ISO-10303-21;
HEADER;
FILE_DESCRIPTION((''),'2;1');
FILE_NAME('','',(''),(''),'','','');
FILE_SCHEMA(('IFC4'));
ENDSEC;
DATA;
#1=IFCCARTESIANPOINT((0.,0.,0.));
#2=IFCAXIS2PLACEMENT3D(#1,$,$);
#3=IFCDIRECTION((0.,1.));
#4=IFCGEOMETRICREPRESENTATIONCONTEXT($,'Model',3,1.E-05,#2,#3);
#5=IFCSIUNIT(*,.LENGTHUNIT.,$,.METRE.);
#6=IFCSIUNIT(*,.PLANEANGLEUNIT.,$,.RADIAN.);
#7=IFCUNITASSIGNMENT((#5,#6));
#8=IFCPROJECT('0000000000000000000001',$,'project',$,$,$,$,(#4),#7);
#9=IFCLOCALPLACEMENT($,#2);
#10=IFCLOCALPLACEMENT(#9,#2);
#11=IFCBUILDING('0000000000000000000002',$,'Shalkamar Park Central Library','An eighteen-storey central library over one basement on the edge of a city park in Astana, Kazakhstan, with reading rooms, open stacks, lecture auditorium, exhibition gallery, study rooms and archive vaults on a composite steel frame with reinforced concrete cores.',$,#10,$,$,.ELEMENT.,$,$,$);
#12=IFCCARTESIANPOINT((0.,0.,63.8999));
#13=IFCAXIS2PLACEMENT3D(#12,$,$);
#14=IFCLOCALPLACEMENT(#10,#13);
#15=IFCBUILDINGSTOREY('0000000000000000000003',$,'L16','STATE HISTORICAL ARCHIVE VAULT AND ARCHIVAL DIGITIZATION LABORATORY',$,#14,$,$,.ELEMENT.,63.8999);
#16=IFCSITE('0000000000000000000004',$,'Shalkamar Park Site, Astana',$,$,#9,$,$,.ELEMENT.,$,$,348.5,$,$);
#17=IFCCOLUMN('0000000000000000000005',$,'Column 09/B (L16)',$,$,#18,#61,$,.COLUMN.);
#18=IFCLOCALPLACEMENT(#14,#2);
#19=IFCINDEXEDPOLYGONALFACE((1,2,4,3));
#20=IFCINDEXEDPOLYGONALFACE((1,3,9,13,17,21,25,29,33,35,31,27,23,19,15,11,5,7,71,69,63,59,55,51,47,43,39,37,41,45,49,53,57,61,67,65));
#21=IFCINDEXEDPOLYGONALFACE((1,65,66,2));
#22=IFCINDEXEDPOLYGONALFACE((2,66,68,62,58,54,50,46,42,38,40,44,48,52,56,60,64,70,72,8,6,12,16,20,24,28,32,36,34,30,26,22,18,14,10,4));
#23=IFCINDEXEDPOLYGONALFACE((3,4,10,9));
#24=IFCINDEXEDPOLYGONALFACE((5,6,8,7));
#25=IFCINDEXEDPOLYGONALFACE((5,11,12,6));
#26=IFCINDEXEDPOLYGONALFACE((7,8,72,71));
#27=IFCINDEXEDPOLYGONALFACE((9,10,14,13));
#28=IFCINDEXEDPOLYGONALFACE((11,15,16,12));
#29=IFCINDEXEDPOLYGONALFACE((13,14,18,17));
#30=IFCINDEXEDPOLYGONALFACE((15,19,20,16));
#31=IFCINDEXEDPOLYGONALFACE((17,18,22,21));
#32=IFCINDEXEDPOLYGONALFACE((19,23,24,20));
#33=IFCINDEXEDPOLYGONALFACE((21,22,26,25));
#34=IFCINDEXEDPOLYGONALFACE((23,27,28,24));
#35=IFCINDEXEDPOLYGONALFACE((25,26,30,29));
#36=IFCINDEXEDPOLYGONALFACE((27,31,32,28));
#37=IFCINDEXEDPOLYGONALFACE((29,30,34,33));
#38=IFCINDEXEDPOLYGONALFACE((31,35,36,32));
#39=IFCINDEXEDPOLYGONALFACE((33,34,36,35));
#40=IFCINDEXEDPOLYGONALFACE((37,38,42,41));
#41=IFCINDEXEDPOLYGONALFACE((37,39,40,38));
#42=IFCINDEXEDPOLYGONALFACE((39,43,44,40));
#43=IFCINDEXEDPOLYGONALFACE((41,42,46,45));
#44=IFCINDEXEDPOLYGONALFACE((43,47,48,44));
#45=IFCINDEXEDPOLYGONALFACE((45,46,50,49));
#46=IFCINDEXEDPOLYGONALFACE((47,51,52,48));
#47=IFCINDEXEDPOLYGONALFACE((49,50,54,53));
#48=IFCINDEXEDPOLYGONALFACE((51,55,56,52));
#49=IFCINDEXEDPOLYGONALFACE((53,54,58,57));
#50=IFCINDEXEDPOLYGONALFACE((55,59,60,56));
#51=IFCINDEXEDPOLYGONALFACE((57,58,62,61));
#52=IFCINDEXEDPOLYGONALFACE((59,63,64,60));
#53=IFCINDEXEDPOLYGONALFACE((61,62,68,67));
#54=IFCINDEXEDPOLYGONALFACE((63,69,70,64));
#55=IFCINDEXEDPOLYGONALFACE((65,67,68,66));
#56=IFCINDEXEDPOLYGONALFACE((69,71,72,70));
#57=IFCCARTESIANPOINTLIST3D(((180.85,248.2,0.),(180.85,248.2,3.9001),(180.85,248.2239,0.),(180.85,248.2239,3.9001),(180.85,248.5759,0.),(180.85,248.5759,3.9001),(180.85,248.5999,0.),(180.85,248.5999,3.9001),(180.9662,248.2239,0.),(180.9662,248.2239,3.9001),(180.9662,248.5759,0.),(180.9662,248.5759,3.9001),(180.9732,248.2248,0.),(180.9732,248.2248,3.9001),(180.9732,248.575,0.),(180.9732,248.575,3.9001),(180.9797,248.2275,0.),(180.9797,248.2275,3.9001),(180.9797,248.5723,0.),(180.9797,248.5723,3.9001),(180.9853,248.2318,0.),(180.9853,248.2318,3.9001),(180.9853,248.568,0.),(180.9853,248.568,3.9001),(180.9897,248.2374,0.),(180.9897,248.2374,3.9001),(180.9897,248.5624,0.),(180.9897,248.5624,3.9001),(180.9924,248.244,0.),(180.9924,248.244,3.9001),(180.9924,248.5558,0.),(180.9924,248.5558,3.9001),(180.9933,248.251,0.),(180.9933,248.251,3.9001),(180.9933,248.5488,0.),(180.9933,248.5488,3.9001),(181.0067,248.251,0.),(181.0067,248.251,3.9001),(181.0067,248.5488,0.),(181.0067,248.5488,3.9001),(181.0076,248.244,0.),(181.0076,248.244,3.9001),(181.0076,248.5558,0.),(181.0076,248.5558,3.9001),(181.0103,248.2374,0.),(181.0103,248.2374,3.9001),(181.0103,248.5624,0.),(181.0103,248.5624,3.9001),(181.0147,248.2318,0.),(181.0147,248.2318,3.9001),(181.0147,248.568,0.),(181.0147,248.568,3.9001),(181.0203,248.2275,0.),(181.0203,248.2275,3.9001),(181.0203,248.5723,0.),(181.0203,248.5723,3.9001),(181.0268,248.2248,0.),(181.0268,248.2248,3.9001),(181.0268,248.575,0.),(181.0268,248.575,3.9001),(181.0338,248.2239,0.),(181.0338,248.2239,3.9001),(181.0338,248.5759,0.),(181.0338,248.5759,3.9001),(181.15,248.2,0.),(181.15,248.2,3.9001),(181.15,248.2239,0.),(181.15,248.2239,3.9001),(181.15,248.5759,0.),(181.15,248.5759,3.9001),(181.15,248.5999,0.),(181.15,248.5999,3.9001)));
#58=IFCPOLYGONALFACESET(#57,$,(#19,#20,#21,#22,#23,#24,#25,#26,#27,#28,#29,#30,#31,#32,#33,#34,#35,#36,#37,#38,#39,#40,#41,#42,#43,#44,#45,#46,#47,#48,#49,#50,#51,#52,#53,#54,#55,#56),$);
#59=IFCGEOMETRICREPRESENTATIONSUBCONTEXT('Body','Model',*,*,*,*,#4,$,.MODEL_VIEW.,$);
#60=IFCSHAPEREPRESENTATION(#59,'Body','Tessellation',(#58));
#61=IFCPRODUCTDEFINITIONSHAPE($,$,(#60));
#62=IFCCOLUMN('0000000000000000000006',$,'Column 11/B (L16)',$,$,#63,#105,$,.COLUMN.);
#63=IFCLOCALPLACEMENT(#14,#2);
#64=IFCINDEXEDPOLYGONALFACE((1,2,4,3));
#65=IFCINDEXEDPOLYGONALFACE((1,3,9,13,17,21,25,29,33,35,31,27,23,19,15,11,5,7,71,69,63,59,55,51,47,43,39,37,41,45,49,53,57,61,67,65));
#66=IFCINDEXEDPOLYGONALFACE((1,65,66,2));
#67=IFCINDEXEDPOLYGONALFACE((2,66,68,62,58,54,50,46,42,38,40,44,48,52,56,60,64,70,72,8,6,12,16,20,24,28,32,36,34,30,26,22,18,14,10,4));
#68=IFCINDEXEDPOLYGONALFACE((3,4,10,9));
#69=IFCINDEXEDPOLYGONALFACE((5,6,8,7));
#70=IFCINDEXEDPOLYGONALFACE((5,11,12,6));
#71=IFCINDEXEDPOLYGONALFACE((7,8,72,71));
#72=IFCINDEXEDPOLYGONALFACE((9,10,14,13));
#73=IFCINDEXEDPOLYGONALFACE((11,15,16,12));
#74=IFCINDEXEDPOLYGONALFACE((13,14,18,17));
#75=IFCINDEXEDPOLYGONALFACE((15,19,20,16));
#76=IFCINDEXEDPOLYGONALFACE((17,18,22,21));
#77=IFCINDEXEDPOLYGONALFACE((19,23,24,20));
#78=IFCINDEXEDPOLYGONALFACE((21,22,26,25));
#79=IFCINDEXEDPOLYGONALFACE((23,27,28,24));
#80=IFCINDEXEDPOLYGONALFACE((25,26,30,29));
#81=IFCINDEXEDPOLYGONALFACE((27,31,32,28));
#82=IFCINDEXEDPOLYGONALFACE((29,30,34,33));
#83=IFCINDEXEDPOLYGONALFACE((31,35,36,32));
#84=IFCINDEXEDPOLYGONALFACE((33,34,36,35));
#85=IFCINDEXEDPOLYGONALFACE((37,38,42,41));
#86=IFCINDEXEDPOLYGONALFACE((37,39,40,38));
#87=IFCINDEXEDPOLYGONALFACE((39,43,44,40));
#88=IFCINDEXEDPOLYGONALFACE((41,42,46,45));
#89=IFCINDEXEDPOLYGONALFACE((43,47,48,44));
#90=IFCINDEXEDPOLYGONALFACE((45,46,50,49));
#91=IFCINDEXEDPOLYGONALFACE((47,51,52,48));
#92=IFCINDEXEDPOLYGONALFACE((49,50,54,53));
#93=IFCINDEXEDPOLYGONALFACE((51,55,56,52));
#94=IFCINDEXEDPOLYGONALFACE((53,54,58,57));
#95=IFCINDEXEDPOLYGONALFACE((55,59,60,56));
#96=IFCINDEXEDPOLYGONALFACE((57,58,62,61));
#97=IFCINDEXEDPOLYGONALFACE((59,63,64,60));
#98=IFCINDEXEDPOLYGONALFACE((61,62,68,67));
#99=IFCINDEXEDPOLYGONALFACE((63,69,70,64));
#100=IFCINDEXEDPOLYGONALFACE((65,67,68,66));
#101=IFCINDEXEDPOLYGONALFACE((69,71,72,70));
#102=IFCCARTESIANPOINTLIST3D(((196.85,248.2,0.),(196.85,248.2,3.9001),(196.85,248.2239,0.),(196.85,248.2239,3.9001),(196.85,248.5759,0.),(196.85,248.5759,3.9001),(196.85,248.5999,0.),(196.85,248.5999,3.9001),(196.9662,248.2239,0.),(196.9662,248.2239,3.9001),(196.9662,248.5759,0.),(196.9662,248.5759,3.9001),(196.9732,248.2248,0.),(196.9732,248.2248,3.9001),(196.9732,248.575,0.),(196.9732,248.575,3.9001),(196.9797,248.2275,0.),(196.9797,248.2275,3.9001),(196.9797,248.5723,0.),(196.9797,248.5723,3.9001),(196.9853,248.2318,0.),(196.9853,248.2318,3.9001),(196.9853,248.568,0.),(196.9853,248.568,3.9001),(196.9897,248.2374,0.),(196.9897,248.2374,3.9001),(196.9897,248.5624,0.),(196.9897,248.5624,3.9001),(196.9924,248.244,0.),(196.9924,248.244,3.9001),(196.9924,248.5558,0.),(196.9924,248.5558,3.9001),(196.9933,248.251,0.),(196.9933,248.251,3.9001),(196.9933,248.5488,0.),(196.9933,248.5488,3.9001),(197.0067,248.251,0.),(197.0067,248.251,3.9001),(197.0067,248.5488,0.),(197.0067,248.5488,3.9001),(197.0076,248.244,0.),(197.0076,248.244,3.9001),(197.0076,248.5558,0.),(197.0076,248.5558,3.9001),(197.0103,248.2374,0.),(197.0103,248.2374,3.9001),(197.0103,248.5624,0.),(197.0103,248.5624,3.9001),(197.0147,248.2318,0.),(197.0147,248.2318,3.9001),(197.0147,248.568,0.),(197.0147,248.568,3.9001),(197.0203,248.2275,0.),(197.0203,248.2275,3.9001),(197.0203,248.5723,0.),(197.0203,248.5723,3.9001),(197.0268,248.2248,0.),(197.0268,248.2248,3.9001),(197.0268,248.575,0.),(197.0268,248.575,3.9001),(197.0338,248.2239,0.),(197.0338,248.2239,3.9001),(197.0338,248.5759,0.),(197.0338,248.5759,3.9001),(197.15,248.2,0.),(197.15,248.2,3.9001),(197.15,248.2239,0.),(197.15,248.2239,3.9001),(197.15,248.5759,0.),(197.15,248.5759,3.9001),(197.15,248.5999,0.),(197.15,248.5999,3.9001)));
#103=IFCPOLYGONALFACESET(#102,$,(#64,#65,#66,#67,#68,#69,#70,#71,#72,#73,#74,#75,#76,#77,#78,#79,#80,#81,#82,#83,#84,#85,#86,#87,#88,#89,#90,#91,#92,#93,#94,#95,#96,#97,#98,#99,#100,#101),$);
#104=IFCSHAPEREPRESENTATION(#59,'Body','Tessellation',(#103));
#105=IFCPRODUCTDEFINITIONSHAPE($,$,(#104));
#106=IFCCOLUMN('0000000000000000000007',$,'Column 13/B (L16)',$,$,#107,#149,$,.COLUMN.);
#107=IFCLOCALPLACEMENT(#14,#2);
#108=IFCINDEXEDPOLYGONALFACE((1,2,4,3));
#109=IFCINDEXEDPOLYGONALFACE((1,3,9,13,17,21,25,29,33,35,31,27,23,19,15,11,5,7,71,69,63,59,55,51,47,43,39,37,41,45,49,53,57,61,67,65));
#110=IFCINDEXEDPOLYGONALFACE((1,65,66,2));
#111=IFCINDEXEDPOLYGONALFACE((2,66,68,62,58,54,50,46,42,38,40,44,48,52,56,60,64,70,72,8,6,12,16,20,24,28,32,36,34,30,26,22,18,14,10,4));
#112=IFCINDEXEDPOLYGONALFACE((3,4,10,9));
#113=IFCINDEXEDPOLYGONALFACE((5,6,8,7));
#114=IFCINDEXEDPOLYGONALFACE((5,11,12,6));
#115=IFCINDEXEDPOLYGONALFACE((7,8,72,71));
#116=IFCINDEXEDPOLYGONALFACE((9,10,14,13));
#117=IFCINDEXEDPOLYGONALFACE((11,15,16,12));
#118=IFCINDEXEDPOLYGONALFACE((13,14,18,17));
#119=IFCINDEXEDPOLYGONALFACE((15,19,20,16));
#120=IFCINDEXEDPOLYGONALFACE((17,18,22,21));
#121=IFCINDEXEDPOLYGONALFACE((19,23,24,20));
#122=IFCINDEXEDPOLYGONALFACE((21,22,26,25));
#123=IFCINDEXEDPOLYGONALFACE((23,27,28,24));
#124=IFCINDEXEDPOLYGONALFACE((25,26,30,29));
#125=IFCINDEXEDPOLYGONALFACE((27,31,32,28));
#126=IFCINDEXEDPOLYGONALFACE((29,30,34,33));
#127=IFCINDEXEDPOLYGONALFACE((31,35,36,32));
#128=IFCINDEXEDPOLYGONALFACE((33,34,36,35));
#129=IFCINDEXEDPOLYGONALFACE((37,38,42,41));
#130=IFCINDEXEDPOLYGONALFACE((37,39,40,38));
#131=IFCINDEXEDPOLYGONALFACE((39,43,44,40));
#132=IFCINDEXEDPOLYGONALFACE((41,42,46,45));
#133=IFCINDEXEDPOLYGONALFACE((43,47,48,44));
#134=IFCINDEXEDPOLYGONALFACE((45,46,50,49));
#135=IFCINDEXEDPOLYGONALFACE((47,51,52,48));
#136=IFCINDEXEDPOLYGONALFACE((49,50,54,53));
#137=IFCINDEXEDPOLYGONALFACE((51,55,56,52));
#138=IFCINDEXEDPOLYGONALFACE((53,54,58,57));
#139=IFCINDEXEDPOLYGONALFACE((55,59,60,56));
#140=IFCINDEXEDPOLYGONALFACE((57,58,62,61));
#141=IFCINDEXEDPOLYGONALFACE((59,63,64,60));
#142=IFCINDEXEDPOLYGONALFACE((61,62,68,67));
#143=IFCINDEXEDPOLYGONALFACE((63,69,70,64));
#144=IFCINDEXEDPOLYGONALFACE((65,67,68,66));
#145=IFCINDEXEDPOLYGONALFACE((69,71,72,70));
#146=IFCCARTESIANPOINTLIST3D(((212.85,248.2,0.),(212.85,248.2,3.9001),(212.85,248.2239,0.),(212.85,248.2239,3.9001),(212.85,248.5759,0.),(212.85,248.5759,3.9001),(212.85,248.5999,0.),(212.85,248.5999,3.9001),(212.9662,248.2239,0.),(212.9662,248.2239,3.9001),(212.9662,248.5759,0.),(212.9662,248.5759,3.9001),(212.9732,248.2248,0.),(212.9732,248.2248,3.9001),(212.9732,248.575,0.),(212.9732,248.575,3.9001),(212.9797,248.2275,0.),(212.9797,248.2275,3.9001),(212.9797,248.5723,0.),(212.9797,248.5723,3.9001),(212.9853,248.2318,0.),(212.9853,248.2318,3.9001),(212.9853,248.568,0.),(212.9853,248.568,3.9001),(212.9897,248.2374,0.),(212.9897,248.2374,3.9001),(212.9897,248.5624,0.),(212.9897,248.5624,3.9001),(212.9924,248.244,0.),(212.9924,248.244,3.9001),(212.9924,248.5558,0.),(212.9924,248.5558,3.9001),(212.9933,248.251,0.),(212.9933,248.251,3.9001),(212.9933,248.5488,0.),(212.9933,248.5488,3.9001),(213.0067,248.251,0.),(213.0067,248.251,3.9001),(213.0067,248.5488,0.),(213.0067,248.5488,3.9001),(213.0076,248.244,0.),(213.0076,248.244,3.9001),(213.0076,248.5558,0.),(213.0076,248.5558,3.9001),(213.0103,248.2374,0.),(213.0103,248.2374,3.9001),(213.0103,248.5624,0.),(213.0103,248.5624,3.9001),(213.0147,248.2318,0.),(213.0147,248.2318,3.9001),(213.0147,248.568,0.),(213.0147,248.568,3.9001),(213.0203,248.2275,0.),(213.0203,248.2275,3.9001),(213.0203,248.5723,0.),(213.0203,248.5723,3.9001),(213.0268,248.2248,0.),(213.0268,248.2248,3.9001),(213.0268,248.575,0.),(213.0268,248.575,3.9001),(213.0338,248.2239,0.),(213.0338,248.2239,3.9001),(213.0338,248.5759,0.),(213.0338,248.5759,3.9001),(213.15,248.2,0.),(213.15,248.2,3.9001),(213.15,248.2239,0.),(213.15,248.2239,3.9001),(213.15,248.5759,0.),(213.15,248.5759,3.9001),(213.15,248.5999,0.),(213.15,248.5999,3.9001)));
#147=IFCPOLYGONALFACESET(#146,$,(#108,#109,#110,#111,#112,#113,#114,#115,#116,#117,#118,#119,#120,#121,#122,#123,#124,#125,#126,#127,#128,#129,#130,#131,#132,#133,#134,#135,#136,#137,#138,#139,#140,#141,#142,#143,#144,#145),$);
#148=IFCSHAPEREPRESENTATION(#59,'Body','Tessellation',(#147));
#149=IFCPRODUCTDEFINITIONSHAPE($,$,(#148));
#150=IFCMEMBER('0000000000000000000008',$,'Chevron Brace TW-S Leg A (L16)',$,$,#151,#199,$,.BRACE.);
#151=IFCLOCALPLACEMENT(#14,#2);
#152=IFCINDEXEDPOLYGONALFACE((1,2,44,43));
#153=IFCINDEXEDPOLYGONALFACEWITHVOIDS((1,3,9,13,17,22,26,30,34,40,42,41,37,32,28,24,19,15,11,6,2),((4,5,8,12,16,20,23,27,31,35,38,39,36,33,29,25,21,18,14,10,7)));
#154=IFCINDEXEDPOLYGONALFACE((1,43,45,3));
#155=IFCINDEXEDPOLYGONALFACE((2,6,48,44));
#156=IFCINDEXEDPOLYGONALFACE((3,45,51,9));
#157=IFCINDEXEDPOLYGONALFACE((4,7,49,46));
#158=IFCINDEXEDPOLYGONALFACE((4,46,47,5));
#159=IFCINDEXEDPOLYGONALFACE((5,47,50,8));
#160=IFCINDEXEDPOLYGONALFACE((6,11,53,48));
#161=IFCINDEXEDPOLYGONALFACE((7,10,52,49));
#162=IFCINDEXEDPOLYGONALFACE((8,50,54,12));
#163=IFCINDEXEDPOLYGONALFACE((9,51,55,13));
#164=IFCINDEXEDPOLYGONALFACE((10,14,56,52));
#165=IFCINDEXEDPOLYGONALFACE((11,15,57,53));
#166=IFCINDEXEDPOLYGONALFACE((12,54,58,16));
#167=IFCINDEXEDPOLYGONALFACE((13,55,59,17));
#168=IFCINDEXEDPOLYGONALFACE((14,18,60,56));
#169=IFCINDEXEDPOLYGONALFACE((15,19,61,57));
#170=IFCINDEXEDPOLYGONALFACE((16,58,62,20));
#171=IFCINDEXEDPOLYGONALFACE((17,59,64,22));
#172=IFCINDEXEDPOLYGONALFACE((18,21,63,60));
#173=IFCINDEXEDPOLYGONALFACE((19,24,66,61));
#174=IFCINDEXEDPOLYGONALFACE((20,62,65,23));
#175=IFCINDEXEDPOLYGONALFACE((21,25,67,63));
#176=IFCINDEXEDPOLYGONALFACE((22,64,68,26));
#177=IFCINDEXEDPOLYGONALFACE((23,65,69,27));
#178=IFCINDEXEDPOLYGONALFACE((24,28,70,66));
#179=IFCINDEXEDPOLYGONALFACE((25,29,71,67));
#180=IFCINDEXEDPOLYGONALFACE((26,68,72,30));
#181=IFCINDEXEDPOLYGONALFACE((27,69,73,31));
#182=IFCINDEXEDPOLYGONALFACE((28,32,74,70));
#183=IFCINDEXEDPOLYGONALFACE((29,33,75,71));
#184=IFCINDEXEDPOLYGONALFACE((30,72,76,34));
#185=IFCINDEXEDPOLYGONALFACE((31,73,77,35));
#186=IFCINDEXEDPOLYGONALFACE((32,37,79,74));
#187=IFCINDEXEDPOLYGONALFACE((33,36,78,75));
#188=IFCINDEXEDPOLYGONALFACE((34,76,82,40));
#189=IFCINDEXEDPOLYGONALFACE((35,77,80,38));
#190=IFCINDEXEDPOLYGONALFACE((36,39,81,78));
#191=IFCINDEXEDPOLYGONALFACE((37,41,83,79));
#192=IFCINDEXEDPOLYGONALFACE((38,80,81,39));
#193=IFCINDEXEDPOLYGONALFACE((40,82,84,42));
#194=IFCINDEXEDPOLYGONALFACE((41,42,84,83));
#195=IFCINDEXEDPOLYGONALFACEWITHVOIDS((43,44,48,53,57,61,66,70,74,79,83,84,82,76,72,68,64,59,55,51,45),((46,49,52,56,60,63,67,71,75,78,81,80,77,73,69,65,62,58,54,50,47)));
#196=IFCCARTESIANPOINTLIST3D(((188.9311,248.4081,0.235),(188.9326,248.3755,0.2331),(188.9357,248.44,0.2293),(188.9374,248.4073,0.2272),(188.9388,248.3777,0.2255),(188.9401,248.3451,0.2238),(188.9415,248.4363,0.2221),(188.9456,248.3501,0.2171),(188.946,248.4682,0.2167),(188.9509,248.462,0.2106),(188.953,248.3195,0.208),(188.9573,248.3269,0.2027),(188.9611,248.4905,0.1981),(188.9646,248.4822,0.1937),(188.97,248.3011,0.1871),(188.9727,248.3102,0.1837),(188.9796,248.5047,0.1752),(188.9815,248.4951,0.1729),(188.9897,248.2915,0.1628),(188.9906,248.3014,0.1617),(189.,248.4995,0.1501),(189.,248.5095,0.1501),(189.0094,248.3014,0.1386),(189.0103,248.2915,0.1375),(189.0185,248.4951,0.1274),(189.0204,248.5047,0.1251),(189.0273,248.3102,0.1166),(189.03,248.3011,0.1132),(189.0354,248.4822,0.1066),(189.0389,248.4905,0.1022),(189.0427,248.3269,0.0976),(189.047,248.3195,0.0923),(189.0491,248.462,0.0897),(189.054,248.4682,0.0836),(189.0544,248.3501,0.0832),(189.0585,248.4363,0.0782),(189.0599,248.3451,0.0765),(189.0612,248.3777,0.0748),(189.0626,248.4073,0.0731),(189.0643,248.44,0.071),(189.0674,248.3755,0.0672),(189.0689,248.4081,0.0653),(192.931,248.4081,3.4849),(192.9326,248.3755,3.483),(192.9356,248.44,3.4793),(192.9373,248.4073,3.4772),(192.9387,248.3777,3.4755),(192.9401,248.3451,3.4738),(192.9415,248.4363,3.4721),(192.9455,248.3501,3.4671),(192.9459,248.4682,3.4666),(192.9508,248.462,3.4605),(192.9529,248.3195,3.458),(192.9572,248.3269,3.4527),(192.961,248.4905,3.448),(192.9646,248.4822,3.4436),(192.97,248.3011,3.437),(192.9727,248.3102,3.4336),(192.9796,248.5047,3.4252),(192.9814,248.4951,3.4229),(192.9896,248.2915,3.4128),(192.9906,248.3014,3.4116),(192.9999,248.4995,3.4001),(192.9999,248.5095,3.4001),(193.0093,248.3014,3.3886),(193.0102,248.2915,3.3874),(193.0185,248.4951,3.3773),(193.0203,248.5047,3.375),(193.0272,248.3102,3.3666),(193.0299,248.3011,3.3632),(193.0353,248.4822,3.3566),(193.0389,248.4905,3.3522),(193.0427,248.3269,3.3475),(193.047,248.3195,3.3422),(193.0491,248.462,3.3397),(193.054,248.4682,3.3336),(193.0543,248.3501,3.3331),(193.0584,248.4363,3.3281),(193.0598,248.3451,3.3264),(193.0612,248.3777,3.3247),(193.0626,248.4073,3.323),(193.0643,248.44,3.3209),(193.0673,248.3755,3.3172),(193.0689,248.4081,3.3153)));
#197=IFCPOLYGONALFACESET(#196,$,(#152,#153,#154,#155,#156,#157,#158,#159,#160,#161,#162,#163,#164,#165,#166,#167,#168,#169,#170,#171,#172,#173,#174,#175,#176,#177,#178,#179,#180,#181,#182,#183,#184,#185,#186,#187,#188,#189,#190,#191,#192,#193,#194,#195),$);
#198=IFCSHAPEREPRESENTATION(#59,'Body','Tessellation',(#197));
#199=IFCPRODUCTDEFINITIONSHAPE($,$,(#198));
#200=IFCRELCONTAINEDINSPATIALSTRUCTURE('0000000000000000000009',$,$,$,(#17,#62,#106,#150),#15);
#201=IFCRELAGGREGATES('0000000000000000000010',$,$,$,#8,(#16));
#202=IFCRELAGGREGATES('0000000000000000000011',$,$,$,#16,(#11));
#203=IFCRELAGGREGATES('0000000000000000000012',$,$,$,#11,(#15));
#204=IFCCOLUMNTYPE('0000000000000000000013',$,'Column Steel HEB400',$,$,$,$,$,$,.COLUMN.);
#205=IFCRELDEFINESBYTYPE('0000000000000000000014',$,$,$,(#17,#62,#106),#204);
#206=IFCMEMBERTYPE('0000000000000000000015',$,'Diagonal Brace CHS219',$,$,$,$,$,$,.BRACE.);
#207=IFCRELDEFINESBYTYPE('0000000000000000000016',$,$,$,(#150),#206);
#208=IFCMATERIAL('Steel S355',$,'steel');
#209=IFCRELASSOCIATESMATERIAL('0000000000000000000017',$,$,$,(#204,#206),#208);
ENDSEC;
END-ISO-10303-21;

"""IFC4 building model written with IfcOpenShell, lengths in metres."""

from ifc_helpers import new_model, si_unit, direction, frame, origin, origin_2d, place, context, subcontext, project, spatial, hollow_circle, i_section, extrude, material, material_profile, profile_set, type_object, element, save


model = new_model("IFC4")

# Units and contexts
model_context = context("Model", 3, precision=1e-05, world=origin(), true_north=direction((0.0, 1.0)))
body_context = subcontext(model_context, "Body", "Model", "MODEL_VIEW")
ifc_project = project(units=[si_unit("LENGTHUNIT", "METRE"), si_unit("PLANEANGLEUNIT", "RADIAN")], contexts=[model_context])

# Site, building, storey
site_placement = place(None, origin())
site = spatial("IfcSite", under=ifc_project, at=site_placement, Name="Shalkamar Park Site, Astana", CompositionType="ELEMENT", RefElevation=348.5)
building_placement = place(site_placement, origin())
building = spatial("IfcBuilding", under=site, at=building_placement, Name="Shalkamar Park Central Library", Description="An eighteen-storey central library over one basement on the edge of a city park in Astana, Kazakhstan, with reading rooms, open stacks, lecture auditorium, exhibition gallery, study rooms and archive vaults on a composite steel frame with reinforced concrete cores.", CompositionType="ELEMENT")
storey_placement = place(building_placement, frame((0.0, 0.0, 63.8999)))
storey = spatial("IfcBuildingStorey", under=building, at=storey_placement, Name="L16", Description="STATE HISTORICAL ARCHIVE VAULT AND ARCHIVAL DIGITIZATION LABORATORY", CompositionType="ELEMENT", Elevation=63.8999)

# Columns
ifc_material_1 = material(Name="Steel S355", Category="steel")
ifc_material_profile_1 = material_profile(ifc_material_1, i_section(OverallWidth=0.3, OverallDepth=0.3999, WebThickness=0.0134, FlangeThickness=0.0239, FilletRadius=0.0271, at=origin_2d()), Name="HEB 400")
ifc_profile_set_1 = profile_set([ifc_material_profile_1], Name="Steel S355")
column_type_1 = type_object("IfcColumnType", Name="Column Steel HEB400", PredefinedType="COLUMN", material=ifc_profile_set_1)
for number, where, z_axis, x_axis, name in (
    (1, (181.0, 248.3999, 0.0), (0.0, 0.0, 1.0), (1.0, 0.0, 0.0), "Column 09/B (L16)"),
    (2, (197.0, 248.3999, 0.0), (0.0, 0.0, 1.0), (1.0, 0.0, 0.0), "Column 11/B (L16)"),
    (3, (213.0, 248.3999, 0.0), (0.0, 0.0, 1.0), (1.0, 0.0, 0.0), "Column 13/B (L16)"),
):
    element("IfcColumn", number, at=place(storey_placement, frame(where, z_axis=z_axis, x_axis=x_axis)), inside=storey, type_object=column_type_1, Name=name, PredefinedType="COLUMN", context=body_context, shape_type="SweptSolid", body=[
        extrude(i_section(OverallWidth=0.3, OverallDepth=0.3999, WebThickness=0.0134, FlangeThickness=0.0239, FilletRadius=0.0271, at=origin_2d()), origin(), (0.0, 0.0, 1.0), 3.9001),
    ])

# Member
ifc_material_profile_2 = material_profile(ifc_material_1, hollow_circle(Radius=0.1096, WallThickness=0.01, at=origin_2d()), Name="CHS 219.1x10")
ifc_profile_set_2 = profile_set([ifc_material_profile_2], Name="Steel S355")
member_type = type_object("IfcMemberType", Name="Diagonal Brace CHS219", PredefinedType="BRACE", material=ifc_profile_set_2)
for number, where, z_axis, x_axis, name in (
    (4, (189.0, 248.3999, 0.1501), (0.776114, 0.0, 0.630593), (0.0, 1.0, 0.0), "Chevron Brace TW-S Leg A (L16)"),
):
    element("IfcMember", number, at=place(storey_placement, frame(where, z_axis=z_axis, x_axis=x_axis)), inside=storey, type_object=member_type, Name=name, PredefinedType="BRACE", context=body_context, shape_type="SweptSolid", body=[
        extrude(hollow_circle(Radius=0.1096, WallThickness=0.01, at=origin_2d()), origin(), (0.0, 0.0, 1.0), 5.1538),
    ])

save(model, "model.ifc")
